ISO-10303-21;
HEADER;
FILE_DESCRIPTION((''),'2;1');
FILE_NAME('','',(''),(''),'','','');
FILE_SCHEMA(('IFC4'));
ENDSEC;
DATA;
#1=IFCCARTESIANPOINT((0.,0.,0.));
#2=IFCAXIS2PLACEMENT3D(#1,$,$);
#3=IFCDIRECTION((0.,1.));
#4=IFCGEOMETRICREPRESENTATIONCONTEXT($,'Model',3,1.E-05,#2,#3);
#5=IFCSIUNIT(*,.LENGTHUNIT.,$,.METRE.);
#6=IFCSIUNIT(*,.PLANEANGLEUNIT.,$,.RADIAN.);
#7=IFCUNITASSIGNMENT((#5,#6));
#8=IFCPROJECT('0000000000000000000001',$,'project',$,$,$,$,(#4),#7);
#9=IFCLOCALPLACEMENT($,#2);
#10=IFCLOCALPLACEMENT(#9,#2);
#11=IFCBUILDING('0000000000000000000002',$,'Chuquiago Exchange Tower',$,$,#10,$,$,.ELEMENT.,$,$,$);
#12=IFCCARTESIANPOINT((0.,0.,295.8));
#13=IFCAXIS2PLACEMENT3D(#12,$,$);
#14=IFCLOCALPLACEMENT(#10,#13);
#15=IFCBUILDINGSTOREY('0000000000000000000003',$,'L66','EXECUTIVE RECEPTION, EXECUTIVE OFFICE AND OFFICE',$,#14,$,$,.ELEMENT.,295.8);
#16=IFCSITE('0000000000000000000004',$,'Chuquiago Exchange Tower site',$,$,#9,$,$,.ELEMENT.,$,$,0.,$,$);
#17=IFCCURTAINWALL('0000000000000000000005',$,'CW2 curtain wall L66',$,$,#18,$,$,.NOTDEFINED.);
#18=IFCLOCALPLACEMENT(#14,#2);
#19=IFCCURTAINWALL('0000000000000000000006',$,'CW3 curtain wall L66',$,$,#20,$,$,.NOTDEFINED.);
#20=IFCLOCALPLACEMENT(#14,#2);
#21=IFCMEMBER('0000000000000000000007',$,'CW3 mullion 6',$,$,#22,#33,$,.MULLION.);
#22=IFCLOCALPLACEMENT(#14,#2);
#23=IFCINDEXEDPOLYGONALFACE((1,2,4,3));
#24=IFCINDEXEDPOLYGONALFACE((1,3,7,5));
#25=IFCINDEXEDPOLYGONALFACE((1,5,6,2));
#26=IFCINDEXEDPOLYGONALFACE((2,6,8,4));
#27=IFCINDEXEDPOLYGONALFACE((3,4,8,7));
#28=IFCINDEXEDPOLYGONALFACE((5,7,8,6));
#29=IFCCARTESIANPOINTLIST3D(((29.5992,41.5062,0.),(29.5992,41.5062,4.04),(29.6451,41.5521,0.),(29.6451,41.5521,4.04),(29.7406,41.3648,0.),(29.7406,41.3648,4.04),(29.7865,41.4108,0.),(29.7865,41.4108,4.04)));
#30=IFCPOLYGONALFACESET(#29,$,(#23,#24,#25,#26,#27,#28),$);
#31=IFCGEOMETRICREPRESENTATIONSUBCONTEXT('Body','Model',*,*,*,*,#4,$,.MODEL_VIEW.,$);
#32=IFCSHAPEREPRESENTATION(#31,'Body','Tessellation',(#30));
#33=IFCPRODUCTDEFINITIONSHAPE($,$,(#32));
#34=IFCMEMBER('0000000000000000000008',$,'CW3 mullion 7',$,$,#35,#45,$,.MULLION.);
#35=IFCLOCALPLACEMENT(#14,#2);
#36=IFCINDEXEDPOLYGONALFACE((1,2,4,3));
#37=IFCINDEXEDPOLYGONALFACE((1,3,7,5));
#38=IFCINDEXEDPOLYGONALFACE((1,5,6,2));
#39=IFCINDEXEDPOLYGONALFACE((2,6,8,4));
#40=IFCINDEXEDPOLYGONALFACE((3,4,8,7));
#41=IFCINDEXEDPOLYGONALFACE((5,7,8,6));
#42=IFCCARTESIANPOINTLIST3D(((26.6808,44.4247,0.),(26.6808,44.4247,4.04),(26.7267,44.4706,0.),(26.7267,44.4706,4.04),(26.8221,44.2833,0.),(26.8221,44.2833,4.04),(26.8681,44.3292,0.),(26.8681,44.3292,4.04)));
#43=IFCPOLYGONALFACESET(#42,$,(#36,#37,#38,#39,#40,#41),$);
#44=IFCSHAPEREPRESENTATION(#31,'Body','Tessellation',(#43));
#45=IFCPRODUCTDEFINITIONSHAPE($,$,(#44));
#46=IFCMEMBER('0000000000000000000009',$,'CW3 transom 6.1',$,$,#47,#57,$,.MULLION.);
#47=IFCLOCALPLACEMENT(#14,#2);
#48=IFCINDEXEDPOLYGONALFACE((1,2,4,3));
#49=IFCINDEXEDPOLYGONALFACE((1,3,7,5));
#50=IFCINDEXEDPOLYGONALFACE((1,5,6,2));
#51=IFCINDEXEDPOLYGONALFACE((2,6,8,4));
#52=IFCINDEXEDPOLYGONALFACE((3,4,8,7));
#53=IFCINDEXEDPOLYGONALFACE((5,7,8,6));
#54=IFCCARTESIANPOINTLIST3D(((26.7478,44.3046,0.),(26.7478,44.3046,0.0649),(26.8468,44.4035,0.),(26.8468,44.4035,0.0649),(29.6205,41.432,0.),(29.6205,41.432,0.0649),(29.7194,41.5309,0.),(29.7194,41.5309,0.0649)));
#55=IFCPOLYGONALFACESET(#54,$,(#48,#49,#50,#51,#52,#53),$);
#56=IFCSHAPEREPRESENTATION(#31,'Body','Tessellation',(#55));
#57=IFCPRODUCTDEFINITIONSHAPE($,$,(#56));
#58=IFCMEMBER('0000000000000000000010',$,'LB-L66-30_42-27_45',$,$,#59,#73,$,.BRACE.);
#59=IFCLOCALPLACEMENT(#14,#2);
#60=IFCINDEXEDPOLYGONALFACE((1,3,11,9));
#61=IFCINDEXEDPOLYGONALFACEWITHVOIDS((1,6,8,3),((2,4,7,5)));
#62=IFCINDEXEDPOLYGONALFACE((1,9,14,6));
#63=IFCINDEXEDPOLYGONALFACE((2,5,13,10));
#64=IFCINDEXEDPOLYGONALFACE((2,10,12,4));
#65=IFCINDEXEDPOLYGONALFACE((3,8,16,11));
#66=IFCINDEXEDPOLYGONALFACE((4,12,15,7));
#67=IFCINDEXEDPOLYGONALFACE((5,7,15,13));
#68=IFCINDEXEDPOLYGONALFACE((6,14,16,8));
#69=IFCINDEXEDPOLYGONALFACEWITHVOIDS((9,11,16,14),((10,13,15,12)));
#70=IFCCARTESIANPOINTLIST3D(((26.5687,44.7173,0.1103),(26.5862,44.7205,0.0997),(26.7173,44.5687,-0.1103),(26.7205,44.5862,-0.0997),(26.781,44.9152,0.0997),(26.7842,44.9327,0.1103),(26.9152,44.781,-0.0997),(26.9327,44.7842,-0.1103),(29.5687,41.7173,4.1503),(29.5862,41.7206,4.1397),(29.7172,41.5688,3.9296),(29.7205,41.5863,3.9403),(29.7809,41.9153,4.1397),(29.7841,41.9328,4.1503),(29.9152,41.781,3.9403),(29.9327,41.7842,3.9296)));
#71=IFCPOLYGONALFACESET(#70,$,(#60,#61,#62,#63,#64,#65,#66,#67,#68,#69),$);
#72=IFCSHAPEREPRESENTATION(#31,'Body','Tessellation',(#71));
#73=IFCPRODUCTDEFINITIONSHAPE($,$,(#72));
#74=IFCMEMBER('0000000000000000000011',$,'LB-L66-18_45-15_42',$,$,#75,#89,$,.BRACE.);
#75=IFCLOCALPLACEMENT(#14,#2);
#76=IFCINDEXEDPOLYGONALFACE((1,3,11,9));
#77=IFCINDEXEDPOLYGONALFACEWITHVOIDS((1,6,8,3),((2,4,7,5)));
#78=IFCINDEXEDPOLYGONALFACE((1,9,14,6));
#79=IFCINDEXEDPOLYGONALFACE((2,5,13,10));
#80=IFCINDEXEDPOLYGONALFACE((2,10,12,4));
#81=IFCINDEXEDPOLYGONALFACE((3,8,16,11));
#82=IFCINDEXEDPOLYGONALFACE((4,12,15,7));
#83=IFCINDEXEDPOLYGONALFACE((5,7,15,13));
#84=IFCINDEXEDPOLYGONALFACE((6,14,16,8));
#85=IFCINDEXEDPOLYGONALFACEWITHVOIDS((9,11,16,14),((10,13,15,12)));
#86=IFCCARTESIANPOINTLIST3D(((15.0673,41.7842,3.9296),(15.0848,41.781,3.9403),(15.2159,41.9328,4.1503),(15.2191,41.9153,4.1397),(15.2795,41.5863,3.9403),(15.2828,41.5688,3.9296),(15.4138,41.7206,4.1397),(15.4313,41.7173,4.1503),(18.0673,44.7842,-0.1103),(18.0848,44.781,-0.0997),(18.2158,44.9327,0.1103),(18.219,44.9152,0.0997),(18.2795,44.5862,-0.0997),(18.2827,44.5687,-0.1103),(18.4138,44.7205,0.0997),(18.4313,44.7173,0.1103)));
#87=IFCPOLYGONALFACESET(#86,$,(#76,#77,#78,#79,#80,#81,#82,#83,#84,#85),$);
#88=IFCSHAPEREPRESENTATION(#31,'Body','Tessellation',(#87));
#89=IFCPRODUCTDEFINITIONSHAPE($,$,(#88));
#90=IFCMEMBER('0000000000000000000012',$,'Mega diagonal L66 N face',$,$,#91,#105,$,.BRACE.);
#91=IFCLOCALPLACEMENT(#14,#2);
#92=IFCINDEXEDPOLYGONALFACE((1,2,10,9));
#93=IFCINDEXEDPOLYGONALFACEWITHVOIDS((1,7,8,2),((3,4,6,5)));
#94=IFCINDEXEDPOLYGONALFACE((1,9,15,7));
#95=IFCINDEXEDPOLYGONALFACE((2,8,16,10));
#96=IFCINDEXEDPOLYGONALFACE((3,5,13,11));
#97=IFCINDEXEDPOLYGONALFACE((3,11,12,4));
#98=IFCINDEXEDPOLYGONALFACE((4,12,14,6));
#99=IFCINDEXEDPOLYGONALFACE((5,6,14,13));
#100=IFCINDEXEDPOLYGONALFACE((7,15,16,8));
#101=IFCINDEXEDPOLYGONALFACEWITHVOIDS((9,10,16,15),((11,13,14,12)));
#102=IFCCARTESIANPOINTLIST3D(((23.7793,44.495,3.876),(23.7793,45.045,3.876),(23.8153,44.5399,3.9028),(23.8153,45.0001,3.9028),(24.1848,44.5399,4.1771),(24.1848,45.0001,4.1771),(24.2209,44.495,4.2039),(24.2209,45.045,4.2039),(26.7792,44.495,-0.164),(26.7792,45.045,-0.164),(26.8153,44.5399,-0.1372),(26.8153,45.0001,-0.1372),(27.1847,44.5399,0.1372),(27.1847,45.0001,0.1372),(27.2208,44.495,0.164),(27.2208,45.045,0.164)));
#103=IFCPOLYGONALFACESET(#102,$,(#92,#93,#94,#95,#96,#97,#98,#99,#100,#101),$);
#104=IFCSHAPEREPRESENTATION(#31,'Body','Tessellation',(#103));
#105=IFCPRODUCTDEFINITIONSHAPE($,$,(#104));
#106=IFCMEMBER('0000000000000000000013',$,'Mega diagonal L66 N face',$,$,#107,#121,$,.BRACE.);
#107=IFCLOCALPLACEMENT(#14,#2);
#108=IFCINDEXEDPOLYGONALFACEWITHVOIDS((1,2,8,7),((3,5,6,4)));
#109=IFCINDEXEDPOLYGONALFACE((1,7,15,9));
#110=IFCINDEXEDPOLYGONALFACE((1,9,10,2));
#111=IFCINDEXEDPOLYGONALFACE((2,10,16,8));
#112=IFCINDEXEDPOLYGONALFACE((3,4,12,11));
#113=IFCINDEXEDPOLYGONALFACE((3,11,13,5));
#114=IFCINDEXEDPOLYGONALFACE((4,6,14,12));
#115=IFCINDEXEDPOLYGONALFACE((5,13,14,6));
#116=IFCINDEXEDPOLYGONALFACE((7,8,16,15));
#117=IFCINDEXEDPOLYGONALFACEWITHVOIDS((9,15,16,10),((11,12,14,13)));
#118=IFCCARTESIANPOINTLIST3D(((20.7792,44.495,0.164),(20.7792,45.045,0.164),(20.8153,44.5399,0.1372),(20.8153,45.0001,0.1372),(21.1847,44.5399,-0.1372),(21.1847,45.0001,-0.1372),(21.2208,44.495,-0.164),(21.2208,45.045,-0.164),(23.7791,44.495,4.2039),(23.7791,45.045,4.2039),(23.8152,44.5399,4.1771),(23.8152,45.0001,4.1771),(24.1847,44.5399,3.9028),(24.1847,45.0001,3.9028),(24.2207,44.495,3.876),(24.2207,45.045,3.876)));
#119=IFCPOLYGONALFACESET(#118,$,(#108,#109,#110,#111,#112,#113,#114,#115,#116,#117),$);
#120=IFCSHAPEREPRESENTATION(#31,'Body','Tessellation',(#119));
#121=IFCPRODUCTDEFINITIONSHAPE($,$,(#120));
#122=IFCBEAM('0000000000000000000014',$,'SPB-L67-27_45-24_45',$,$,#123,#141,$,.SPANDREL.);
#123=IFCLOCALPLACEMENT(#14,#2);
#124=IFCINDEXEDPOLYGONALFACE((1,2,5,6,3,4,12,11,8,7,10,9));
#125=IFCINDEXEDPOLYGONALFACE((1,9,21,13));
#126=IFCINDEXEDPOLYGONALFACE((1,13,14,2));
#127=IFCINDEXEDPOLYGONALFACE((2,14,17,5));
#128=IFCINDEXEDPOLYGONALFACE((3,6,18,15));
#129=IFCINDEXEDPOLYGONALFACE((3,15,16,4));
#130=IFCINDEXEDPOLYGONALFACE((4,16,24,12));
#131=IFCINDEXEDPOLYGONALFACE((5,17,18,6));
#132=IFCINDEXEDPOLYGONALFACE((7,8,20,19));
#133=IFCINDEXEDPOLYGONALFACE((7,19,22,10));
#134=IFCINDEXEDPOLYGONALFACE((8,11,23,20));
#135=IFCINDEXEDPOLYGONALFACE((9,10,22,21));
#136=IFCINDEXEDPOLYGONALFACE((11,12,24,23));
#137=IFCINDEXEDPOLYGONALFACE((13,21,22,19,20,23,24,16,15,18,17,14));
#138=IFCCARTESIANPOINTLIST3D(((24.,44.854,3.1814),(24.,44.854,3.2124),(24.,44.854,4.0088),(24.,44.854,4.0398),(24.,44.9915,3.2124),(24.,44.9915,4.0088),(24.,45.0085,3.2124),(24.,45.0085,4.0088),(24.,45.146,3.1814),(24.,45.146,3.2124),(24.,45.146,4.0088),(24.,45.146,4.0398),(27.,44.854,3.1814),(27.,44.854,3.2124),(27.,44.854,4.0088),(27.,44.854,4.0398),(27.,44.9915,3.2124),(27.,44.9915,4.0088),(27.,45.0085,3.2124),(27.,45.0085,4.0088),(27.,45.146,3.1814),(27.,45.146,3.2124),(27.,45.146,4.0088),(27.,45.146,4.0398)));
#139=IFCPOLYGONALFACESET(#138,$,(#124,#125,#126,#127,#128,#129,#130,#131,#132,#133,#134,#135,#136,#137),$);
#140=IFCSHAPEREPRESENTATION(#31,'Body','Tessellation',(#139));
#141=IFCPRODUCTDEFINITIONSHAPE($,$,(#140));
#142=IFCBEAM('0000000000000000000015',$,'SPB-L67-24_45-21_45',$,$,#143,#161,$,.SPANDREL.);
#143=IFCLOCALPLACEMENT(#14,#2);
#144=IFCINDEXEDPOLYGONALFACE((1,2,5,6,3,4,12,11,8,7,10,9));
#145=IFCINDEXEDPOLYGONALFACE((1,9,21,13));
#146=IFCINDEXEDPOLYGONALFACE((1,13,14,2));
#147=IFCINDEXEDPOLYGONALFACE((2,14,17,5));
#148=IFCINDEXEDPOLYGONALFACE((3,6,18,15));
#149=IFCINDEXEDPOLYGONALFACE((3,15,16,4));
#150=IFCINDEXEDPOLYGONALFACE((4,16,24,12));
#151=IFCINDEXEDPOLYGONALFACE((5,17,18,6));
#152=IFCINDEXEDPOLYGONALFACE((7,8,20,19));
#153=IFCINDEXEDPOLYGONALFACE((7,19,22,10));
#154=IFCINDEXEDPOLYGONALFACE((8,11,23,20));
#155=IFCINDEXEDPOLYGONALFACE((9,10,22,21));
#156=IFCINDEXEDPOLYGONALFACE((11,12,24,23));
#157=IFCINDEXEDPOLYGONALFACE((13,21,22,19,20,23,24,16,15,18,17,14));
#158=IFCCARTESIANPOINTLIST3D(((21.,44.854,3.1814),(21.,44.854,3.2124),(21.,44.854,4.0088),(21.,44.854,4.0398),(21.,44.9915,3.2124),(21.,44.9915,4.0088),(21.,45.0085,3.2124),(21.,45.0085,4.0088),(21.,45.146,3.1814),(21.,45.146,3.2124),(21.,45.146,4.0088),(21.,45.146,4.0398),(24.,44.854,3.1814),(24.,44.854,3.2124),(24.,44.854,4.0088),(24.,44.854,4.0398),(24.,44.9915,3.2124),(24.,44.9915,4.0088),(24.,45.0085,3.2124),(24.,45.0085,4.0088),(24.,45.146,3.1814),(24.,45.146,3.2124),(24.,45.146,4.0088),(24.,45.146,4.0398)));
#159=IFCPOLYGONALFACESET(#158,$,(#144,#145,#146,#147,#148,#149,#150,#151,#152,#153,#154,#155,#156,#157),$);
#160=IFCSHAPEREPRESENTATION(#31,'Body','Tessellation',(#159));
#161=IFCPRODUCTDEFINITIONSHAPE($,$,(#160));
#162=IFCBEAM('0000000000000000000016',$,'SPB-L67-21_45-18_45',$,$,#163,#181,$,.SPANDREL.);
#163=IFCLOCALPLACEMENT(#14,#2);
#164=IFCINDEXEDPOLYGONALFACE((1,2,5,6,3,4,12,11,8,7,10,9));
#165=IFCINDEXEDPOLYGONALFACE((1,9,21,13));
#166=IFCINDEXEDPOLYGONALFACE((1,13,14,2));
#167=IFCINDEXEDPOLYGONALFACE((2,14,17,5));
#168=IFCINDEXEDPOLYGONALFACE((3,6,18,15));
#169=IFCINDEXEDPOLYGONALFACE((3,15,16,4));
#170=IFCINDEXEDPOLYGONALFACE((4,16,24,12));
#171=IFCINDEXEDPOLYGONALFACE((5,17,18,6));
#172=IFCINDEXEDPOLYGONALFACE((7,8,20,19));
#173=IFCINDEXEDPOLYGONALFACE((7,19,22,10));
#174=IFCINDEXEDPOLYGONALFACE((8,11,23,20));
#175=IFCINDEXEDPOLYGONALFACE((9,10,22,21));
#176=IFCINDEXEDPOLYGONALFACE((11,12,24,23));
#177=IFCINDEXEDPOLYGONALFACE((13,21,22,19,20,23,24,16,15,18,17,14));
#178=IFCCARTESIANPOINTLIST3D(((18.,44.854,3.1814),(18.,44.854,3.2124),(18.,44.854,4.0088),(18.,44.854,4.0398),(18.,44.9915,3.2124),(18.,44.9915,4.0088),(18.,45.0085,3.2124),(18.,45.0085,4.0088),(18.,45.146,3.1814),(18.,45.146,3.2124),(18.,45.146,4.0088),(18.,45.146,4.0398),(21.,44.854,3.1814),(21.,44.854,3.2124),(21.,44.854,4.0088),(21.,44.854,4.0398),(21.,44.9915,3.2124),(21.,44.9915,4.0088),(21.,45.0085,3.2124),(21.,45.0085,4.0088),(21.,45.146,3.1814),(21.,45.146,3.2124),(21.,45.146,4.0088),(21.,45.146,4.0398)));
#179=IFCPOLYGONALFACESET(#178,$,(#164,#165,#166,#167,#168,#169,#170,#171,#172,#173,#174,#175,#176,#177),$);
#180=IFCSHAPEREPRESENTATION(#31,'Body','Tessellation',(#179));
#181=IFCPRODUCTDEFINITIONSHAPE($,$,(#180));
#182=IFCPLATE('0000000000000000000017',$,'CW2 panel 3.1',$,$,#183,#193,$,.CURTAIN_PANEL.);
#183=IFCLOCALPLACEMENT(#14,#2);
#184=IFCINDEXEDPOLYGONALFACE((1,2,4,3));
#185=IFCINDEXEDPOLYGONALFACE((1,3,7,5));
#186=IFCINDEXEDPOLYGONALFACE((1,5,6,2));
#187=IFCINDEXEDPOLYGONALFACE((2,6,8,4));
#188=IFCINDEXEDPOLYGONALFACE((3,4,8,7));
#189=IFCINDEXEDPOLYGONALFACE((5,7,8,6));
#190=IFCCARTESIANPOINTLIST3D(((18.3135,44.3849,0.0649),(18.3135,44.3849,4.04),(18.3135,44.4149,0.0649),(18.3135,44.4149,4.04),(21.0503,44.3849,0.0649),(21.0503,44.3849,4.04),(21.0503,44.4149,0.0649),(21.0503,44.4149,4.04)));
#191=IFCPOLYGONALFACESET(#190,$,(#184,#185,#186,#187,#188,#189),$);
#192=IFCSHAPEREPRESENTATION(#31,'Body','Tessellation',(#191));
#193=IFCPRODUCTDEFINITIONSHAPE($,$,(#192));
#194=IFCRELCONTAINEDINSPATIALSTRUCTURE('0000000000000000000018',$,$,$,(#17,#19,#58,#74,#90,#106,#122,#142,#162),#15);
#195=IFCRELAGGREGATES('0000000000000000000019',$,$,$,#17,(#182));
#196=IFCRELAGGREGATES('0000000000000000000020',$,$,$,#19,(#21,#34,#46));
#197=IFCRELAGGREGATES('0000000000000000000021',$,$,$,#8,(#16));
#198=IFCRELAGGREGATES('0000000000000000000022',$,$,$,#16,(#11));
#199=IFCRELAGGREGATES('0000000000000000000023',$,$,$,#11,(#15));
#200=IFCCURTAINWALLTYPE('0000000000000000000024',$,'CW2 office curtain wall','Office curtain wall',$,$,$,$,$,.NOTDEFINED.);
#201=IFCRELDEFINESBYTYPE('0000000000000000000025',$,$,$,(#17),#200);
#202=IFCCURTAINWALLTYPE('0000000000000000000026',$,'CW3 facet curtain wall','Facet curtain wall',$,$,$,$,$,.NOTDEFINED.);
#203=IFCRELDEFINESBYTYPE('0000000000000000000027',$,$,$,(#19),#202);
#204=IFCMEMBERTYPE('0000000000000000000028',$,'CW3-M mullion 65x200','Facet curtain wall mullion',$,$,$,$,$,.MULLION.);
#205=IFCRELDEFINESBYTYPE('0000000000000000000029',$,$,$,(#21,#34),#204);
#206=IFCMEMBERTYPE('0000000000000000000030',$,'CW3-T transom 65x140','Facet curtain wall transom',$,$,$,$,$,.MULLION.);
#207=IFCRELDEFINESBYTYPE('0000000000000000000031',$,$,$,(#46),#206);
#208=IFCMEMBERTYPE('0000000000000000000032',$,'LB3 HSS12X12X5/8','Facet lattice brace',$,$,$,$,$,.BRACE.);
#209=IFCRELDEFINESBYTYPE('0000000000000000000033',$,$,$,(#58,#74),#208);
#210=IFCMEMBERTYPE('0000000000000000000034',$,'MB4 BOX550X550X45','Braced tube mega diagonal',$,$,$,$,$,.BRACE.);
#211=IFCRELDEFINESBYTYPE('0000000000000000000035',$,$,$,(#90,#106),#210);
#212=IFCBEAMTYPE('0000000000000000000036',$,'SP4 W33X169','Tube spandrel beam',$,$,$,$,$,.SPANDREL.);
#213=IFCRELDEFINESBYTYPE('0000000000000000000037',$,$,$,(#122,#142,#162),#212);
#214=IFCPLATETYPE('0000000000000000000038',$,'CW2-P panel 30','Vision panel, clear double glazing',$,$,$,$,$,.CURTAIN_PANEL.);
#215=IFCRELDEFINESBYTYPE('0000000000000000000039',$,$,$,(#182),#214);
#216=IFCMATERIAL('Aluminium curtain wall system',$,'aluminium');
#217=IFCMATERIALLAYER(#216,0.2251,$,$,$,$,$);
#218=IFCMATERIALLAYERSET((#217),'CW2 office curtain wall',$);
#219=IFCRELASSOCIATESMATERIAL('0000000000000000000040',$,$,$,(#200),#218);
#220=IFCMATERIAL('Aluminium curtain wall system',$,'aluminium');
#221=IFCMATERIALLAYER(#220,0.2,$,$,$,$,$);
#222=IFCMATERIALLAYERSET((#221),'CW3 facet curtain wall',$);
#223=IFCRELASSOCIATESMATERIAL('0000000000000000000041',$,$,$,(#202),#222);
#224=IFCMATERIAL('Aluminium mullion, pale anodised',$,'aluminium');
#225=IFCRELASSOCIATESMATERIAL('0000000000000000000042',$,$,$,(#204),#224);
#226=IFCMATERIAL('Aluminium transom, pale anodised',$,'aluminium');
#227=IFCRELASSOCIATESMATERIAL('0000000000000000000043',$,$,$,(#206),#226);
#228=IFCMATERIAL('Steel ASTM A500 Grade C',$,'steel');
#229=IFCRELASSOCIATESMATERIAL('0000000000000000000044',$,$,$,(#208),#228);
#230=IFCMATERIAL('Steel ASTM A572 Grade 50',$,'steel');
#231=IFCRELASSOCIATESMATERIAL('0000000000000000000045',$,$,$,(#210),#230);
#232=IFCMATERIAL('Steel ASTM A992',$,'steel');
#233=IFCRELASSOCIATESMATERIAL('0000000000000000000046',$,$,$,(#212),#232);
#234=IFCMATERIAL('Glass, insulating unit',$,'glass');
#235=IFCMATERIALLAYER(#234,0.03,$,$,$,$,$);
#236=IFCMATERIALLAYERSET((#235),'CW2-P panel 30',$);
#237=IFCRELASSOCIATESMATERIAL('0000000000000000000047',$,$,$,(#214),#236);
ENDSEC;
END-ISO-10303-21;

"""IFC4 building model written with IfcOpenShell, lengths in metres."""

from ifc_helpers import new_model, si_unit, direction, frame, origin, origin_2d, place, context, subcontext, project, spatial, rectangle, hollow_rectangle, i_section, extrude, material, layer, layer_set, material_profile, profile_set, type_object, element, aggregate, save


model = new_model("IFC4")

# Units and contexts
model_context = context("Model", 3, precision=1e-05, world=origin(), true_north=direction((0.0, 1.0)))
body_context = subcontext(model_context, "Body", "Model", "MODEL_VIEW")
ifc_project = project(units=[si_unit("LENGTHUNIT", "METRE"), si_unit("PLANEANGLEUNIT", "RADIAN")], contexts=[model_context])

# Site, building, storey
site_placement = place(None, origin())
site = spatial("IfcSite", under=ifc_project, at=site_placement, Name="Chuquiago Exchange Tower site", CompositionType="ELEMENT", RefElevation=0.0)
building_placement = place(site_placement, origin())
building = spatial("IfcBuilding", under=site, at=building_placement, Name="Chuquiago Exchange Tower", CompositionType="ELEMENT")
storey_placement = place(building_placement, frame((0.0, 0.0, 295.8)))
storey = spatial("IfcBuildingStorey", under=building, at=storey_placement, Name="L66", Description="EXECUTIVE RECEPTION, EXECUTIVE OFFICE AND OFFICE", CompositionType="ELEMENT", Elevation=295.8)

# Curtain walls, members
ifc_material_1 = material(Name="Aluminium curtain wall system", Category="aluminium")
ifc_layer_1 = layer(ifc_material_1, 0.2251)
ifc_layer_set_1 = layer_set([ifc_layer_1], Name="CW2 office curtain wall")
curtain_wall_type_1 = type_object("IfcCurtainWallType", Name="CW2 office curtain wall", Description="Office curtain wall", PredefinedType="NOTDEFINED", material=ifc_layer_set_1)
curtain_wall_1_placement = place(storey_placement, origin())
curtain_wall_1 = element("IfcCurtainWall", 1, at=curtain_wall_1_placement, inside=storey, type_object=curtain_wall_type_1, Name="CW2 curtain wall L66", PredefinedType="NOTDEFINED")
ifc_material_2 = material(Name="Aluminium curtain wall system", Category="aluminium")
ifc_layer_2 = layer(ifc_material_2, 0.2)
ifc_layer_set_2 = layer_set([ifc_layer_2], Name="CW3 facet curtain wall")
curtain_wall_type_2 = type_object("IfcCurtainWallType", Name="CW3 facet curtain wall", Description="Facet curtain wall", PredefinedType="NOTDEFINED", material=ifc_layer_set_2)
curtain_wall_2_placement = place(storey_placement, origin())
curtain_wall_2 = element("IfcCurtainWall", 2, at=curtain_wall_2_placement, inside=storey, type_object=curtain_wall_type_2, Name="CW3 curtain wall L66", PredefinedType="NOTDEFINED")
ifc_material_3 = material(Name="Aluminium mullion, pale anodised", Category="aluminium")
ifc_material_profile_1 = material_profile(ifc_material_3, rectangle(XDim=0.0649, YDim=0.2, at=origin_2d()), Name="AL 65x200")
ifc_profile_set_1 = profile_set([ifc_material_profile_1], Name="Aluminium mullion, pale anodised")
member_type_1 = type_object("IfcMemberType", Name="CW3-M mullion 65x200", Description="Facet curtain wall mullion", PredefinedType="MULLION", material=ifc_profile_set_1)
member_1_placement = place(storey_placement, frame((29.6929, 41.4585, 0.0), z_axis=(0.0, 0.0, 1.0), x_axis=(-0.707107, -0.707107, 0.0)))
member_1 = element("IfcMember", 3, at=member_1_placement, type_object=member_type_1, Name="CW3 mullion 6", PredefinedType="MULLION", context=body_context, shape_type="SweptSolid", body=[
    extrude(rectangle(XDim=0.0649, YDim=0.2, at=origin_2d()), origin(), (0.0, 0.0, 1.0), 4.04),
])
member_2_placement = place(storey_placement, frame((26.7744, 44.377, 0.0), z_axis=(0.0, 0.0, 1.0), x_axis=(-0.707107, -0.707107, 0.0)))
member_2 = element("IfcMember", 4, at=member_2_placement, type_object=member_type_1, Name="CW3 mullion 7", PredefinedType="MULLION", context=body_context, shape_type="SweptSolid", body=[
    extrude(rectangle(XDim=0.0649, YDim=0.2, at=origin_2d()), origin(), (0.0, 0.0, 1.0), 4.04),
])
ifc_material_4 = material(Name="Aluminium transom, pale anodised", Category="aluminium")
ifc_material_profile_2 = material_profile(ifc_material_4, rectangle(XDim=0.1399, YDim=0.0649, at=origin_2d()), Name="AL 140x65")
ifc_profile_set_2 = profile_set([ifc_material_profile_2], Name="Aluminium transom, pale anodised")
member_type_2 = type_object("IfcMemberType", Name="CW3-T transom 65x140", Description="Facet curtain wall transom", PredefinedType="MULLION", material=ifc_profile_set_2)
member_3_placement = place(storey_placement, frame((29.6699, 41.4814, 0.0325), z_axis=(-0.707107, 0.707107, 0.0), x_axis=(-0.707107, -0.707107, 0.0)))
member_3 = element("IfcMember", 5, at=member_3_placement, type_object=member_type_2, Name="CW3 transom 6.1", PredefinedType="MULLION", context=body_context, shape_type="SweptSolid", body=[
    extrude(rectangle(XDim=0.1399, YDim=0.0649, at=origin_2d()), origin(), (0.0, 0.0, 1.0), 4.0625),
])

# Members
ifc_material_5 = material(Name="Steel ASTM A500 Grade C", Category="steel")
ifc_material_profile_3 = material_profile(ifc_material_5, hollow_rectangle(XDim=0.3047, YDim=0.3047, WallThickness=0.0146, at=origin_2d()), Name="HSS12X12X5/8")
ifc_profile_set_3 = profile_set([ifc_material_profile_3], Name="Steel ASTM A500 Grade C")
member_type_3 = type_object("IfcMemberType", Name="LB3 HSS12X12X5/8", Description="Facet lattice brace", PredefinedType="BRACE", material=ifc_profile_set_3)
for number, where, z_axis, x_axis, name in (
    (6, (26.7507, 44.7507, 0.0), (0.512077, -0.512077, 0.689604), (0.707107, 0.707107, 0.0), "LB-L66-30_42-27_45"),
    (7, (18.2493, 44.7507, 0.0), (-0.512077, -0.512077, 0.689604), (0.707107, -0.707107, 0.0), "LB-L66-18_45-15_42"),
):
    element("IfcMember", number, at=place(storey_placement, frame(where, z_axis=z_axis, x_axis=x_axis)), inside=storey, type_object=member_type_3, Name=name, PredefinedType="BRACE", context=body_context, shape_type="SweptSolid", body=[
        extrude(hollow_rectangle(XDim=0.3047, YDim=0.3047, WallThickness=0.0146, at=origin_2d()), origin(), (0.0, 0.0, 1.0), 5.8584),
    ])
ifc_material_6 = material(Name="Steel ASTM A572 Grade 50", Category="steel")
ifc_material_profile_4 = material_profile(ifc_material_6, hollow_rectangle(XDim=0.55, YDim=0.55, WallThickness=0.0449, at=origin_2d()), Name="BOX550X550X45")
ifc_profile_set_4 = profile_set([ifc_material_profile_4], Name="Steel ASTM A572 Grade 50")
member_type_4 = type_object("IfcMemberType", Name="MB4 BOX550X550X45", Description="Braced tube mega diagonal", PredefinedType="BRACE", material=ifc_profile_set_4)
for number, where, z_axis, x_axis, name in (
    (8, (27.0, 44.77, 0.0), (-0.596174, 0.0, 0.802855), (0.0, -1.0, 0.0), "Mega diagonal L66 N face"),
    (9, (21.0, 44.77, 0.0), (0.596174, 0.0, 0.802855), (0.0, 1.0, 0.0), "Mega diagonal L66 N face"),
):
    element("IfcMember", number, at=place(storey_placement, frame(where, z_axis=z_axis, x_axis=x_axis)), inside=storey, type_object=member_type_4, Name=name, PredefinedType="BRACE", context=body_context, shape_type="SweptSolid", body=[
        extrude(hollow_rectangle(XDim=0.55, YDim=0.55, WallThickness=0.0449, at=origin_2d()), origin(), (0.0, 0.0, 1.0), 5.032),
    ])

# Beams
ifc_material_7 = material(Name="Steel ASTM A992", Category="steel")
ifc_material_profile_5 = material_profile(ifc_material_7, i_section(OverallWidth=0.292, OverallDepth=0.8584, WebThickness=0.0171, FlangeThickness=0.031, at=origin_2d()), Name="W33X169")
ifc_profile_set_5 = profile_set([ifc_material_profile_5], Name="Steel ASTM A992")
beam_type = type_object("IfcBeamType", Name="SP4 W33X169", Description="Tube spandrel beam", PredefinedType="SPANDREL", material=ifc_profile_set_5)
for number, where, z_axis, x_axis, name in (
    (10, (27.0, 45.0, 3.6106), (-1.0, 0.0, 0.0), (0.0, -1.0, 0.0), "SPB-L67-27_45-24_45"),
    (11, (24.0, 45.0, 3.6106), (-1.0, 0.0, 0.0), (0.0, -1.0, 0.0), "SPB-L67-24_45-21_45"),
    (12, (21.0, 45.0, 3.6106), (-1.0, 0.0, 0.0), (0.0, -1.0, 0.0), "SPB-L67-21_45-18_45"),
):
    element("IfcBeam", number, at=place(storey_placement, frame(where, z_axis=z_axis, x_axis=x_axis)), inside=storey, type_object=beam_type, Name=name, PredefinedType="SPANDREL", context=body_context, shape_type="SweptSolid", body=[
        extrude(i_section(OverallWidth=0.292, OverallDepth=0.8584, WebThickness=0.0171, FlangeThickness=0.031, at=origin_2d()), origin(), (0.0, 0.0, 1.0), 3.0),
    ])

# Plate
ifc_material_8 = material(Name="Glass, insulating unit", Category="glass")
ifc_layer_3 = layer(ifc_material_8, 0.03)
ifc_layer_set_3 = layer_set([ifc_layer_3], Name="CW2-P panel 30")
plate_type_1 = type_object("IfcPlateType", Name="CW2-P panel 30", Description="Vision panel, clear double glazing", PredefinedType="CURTAIN_PANEL", material=ifc_layer_set_3)
plate_1_placement = place(storey_placement, frame((19.6819, 44.3999, 0.0649), z_axis=(0.0, 0.0, 1.0), x_axis=(-1.0, 0.0, 0.0)))
plate_1 = element("IfcPlate", 13, at=plate_1_placement, type_object=plate_type_1, Name="CW2 panel 3.1", PredefinedType="CURTAIN_PANEL", context=body_context, shape_type="SweptSolid", body=[
    extrude(rectangle(XDim=2.7368, YDim=0.03, at=origin_2d()), origin(), (0.0, 0.0, 1.0), 3.9751),
])
aggregate(curtain_wall_1, [plate_1])
aggregate(curtain_wall_2, [member_1, member_2, member_3])

save(model, "model.ifc")
